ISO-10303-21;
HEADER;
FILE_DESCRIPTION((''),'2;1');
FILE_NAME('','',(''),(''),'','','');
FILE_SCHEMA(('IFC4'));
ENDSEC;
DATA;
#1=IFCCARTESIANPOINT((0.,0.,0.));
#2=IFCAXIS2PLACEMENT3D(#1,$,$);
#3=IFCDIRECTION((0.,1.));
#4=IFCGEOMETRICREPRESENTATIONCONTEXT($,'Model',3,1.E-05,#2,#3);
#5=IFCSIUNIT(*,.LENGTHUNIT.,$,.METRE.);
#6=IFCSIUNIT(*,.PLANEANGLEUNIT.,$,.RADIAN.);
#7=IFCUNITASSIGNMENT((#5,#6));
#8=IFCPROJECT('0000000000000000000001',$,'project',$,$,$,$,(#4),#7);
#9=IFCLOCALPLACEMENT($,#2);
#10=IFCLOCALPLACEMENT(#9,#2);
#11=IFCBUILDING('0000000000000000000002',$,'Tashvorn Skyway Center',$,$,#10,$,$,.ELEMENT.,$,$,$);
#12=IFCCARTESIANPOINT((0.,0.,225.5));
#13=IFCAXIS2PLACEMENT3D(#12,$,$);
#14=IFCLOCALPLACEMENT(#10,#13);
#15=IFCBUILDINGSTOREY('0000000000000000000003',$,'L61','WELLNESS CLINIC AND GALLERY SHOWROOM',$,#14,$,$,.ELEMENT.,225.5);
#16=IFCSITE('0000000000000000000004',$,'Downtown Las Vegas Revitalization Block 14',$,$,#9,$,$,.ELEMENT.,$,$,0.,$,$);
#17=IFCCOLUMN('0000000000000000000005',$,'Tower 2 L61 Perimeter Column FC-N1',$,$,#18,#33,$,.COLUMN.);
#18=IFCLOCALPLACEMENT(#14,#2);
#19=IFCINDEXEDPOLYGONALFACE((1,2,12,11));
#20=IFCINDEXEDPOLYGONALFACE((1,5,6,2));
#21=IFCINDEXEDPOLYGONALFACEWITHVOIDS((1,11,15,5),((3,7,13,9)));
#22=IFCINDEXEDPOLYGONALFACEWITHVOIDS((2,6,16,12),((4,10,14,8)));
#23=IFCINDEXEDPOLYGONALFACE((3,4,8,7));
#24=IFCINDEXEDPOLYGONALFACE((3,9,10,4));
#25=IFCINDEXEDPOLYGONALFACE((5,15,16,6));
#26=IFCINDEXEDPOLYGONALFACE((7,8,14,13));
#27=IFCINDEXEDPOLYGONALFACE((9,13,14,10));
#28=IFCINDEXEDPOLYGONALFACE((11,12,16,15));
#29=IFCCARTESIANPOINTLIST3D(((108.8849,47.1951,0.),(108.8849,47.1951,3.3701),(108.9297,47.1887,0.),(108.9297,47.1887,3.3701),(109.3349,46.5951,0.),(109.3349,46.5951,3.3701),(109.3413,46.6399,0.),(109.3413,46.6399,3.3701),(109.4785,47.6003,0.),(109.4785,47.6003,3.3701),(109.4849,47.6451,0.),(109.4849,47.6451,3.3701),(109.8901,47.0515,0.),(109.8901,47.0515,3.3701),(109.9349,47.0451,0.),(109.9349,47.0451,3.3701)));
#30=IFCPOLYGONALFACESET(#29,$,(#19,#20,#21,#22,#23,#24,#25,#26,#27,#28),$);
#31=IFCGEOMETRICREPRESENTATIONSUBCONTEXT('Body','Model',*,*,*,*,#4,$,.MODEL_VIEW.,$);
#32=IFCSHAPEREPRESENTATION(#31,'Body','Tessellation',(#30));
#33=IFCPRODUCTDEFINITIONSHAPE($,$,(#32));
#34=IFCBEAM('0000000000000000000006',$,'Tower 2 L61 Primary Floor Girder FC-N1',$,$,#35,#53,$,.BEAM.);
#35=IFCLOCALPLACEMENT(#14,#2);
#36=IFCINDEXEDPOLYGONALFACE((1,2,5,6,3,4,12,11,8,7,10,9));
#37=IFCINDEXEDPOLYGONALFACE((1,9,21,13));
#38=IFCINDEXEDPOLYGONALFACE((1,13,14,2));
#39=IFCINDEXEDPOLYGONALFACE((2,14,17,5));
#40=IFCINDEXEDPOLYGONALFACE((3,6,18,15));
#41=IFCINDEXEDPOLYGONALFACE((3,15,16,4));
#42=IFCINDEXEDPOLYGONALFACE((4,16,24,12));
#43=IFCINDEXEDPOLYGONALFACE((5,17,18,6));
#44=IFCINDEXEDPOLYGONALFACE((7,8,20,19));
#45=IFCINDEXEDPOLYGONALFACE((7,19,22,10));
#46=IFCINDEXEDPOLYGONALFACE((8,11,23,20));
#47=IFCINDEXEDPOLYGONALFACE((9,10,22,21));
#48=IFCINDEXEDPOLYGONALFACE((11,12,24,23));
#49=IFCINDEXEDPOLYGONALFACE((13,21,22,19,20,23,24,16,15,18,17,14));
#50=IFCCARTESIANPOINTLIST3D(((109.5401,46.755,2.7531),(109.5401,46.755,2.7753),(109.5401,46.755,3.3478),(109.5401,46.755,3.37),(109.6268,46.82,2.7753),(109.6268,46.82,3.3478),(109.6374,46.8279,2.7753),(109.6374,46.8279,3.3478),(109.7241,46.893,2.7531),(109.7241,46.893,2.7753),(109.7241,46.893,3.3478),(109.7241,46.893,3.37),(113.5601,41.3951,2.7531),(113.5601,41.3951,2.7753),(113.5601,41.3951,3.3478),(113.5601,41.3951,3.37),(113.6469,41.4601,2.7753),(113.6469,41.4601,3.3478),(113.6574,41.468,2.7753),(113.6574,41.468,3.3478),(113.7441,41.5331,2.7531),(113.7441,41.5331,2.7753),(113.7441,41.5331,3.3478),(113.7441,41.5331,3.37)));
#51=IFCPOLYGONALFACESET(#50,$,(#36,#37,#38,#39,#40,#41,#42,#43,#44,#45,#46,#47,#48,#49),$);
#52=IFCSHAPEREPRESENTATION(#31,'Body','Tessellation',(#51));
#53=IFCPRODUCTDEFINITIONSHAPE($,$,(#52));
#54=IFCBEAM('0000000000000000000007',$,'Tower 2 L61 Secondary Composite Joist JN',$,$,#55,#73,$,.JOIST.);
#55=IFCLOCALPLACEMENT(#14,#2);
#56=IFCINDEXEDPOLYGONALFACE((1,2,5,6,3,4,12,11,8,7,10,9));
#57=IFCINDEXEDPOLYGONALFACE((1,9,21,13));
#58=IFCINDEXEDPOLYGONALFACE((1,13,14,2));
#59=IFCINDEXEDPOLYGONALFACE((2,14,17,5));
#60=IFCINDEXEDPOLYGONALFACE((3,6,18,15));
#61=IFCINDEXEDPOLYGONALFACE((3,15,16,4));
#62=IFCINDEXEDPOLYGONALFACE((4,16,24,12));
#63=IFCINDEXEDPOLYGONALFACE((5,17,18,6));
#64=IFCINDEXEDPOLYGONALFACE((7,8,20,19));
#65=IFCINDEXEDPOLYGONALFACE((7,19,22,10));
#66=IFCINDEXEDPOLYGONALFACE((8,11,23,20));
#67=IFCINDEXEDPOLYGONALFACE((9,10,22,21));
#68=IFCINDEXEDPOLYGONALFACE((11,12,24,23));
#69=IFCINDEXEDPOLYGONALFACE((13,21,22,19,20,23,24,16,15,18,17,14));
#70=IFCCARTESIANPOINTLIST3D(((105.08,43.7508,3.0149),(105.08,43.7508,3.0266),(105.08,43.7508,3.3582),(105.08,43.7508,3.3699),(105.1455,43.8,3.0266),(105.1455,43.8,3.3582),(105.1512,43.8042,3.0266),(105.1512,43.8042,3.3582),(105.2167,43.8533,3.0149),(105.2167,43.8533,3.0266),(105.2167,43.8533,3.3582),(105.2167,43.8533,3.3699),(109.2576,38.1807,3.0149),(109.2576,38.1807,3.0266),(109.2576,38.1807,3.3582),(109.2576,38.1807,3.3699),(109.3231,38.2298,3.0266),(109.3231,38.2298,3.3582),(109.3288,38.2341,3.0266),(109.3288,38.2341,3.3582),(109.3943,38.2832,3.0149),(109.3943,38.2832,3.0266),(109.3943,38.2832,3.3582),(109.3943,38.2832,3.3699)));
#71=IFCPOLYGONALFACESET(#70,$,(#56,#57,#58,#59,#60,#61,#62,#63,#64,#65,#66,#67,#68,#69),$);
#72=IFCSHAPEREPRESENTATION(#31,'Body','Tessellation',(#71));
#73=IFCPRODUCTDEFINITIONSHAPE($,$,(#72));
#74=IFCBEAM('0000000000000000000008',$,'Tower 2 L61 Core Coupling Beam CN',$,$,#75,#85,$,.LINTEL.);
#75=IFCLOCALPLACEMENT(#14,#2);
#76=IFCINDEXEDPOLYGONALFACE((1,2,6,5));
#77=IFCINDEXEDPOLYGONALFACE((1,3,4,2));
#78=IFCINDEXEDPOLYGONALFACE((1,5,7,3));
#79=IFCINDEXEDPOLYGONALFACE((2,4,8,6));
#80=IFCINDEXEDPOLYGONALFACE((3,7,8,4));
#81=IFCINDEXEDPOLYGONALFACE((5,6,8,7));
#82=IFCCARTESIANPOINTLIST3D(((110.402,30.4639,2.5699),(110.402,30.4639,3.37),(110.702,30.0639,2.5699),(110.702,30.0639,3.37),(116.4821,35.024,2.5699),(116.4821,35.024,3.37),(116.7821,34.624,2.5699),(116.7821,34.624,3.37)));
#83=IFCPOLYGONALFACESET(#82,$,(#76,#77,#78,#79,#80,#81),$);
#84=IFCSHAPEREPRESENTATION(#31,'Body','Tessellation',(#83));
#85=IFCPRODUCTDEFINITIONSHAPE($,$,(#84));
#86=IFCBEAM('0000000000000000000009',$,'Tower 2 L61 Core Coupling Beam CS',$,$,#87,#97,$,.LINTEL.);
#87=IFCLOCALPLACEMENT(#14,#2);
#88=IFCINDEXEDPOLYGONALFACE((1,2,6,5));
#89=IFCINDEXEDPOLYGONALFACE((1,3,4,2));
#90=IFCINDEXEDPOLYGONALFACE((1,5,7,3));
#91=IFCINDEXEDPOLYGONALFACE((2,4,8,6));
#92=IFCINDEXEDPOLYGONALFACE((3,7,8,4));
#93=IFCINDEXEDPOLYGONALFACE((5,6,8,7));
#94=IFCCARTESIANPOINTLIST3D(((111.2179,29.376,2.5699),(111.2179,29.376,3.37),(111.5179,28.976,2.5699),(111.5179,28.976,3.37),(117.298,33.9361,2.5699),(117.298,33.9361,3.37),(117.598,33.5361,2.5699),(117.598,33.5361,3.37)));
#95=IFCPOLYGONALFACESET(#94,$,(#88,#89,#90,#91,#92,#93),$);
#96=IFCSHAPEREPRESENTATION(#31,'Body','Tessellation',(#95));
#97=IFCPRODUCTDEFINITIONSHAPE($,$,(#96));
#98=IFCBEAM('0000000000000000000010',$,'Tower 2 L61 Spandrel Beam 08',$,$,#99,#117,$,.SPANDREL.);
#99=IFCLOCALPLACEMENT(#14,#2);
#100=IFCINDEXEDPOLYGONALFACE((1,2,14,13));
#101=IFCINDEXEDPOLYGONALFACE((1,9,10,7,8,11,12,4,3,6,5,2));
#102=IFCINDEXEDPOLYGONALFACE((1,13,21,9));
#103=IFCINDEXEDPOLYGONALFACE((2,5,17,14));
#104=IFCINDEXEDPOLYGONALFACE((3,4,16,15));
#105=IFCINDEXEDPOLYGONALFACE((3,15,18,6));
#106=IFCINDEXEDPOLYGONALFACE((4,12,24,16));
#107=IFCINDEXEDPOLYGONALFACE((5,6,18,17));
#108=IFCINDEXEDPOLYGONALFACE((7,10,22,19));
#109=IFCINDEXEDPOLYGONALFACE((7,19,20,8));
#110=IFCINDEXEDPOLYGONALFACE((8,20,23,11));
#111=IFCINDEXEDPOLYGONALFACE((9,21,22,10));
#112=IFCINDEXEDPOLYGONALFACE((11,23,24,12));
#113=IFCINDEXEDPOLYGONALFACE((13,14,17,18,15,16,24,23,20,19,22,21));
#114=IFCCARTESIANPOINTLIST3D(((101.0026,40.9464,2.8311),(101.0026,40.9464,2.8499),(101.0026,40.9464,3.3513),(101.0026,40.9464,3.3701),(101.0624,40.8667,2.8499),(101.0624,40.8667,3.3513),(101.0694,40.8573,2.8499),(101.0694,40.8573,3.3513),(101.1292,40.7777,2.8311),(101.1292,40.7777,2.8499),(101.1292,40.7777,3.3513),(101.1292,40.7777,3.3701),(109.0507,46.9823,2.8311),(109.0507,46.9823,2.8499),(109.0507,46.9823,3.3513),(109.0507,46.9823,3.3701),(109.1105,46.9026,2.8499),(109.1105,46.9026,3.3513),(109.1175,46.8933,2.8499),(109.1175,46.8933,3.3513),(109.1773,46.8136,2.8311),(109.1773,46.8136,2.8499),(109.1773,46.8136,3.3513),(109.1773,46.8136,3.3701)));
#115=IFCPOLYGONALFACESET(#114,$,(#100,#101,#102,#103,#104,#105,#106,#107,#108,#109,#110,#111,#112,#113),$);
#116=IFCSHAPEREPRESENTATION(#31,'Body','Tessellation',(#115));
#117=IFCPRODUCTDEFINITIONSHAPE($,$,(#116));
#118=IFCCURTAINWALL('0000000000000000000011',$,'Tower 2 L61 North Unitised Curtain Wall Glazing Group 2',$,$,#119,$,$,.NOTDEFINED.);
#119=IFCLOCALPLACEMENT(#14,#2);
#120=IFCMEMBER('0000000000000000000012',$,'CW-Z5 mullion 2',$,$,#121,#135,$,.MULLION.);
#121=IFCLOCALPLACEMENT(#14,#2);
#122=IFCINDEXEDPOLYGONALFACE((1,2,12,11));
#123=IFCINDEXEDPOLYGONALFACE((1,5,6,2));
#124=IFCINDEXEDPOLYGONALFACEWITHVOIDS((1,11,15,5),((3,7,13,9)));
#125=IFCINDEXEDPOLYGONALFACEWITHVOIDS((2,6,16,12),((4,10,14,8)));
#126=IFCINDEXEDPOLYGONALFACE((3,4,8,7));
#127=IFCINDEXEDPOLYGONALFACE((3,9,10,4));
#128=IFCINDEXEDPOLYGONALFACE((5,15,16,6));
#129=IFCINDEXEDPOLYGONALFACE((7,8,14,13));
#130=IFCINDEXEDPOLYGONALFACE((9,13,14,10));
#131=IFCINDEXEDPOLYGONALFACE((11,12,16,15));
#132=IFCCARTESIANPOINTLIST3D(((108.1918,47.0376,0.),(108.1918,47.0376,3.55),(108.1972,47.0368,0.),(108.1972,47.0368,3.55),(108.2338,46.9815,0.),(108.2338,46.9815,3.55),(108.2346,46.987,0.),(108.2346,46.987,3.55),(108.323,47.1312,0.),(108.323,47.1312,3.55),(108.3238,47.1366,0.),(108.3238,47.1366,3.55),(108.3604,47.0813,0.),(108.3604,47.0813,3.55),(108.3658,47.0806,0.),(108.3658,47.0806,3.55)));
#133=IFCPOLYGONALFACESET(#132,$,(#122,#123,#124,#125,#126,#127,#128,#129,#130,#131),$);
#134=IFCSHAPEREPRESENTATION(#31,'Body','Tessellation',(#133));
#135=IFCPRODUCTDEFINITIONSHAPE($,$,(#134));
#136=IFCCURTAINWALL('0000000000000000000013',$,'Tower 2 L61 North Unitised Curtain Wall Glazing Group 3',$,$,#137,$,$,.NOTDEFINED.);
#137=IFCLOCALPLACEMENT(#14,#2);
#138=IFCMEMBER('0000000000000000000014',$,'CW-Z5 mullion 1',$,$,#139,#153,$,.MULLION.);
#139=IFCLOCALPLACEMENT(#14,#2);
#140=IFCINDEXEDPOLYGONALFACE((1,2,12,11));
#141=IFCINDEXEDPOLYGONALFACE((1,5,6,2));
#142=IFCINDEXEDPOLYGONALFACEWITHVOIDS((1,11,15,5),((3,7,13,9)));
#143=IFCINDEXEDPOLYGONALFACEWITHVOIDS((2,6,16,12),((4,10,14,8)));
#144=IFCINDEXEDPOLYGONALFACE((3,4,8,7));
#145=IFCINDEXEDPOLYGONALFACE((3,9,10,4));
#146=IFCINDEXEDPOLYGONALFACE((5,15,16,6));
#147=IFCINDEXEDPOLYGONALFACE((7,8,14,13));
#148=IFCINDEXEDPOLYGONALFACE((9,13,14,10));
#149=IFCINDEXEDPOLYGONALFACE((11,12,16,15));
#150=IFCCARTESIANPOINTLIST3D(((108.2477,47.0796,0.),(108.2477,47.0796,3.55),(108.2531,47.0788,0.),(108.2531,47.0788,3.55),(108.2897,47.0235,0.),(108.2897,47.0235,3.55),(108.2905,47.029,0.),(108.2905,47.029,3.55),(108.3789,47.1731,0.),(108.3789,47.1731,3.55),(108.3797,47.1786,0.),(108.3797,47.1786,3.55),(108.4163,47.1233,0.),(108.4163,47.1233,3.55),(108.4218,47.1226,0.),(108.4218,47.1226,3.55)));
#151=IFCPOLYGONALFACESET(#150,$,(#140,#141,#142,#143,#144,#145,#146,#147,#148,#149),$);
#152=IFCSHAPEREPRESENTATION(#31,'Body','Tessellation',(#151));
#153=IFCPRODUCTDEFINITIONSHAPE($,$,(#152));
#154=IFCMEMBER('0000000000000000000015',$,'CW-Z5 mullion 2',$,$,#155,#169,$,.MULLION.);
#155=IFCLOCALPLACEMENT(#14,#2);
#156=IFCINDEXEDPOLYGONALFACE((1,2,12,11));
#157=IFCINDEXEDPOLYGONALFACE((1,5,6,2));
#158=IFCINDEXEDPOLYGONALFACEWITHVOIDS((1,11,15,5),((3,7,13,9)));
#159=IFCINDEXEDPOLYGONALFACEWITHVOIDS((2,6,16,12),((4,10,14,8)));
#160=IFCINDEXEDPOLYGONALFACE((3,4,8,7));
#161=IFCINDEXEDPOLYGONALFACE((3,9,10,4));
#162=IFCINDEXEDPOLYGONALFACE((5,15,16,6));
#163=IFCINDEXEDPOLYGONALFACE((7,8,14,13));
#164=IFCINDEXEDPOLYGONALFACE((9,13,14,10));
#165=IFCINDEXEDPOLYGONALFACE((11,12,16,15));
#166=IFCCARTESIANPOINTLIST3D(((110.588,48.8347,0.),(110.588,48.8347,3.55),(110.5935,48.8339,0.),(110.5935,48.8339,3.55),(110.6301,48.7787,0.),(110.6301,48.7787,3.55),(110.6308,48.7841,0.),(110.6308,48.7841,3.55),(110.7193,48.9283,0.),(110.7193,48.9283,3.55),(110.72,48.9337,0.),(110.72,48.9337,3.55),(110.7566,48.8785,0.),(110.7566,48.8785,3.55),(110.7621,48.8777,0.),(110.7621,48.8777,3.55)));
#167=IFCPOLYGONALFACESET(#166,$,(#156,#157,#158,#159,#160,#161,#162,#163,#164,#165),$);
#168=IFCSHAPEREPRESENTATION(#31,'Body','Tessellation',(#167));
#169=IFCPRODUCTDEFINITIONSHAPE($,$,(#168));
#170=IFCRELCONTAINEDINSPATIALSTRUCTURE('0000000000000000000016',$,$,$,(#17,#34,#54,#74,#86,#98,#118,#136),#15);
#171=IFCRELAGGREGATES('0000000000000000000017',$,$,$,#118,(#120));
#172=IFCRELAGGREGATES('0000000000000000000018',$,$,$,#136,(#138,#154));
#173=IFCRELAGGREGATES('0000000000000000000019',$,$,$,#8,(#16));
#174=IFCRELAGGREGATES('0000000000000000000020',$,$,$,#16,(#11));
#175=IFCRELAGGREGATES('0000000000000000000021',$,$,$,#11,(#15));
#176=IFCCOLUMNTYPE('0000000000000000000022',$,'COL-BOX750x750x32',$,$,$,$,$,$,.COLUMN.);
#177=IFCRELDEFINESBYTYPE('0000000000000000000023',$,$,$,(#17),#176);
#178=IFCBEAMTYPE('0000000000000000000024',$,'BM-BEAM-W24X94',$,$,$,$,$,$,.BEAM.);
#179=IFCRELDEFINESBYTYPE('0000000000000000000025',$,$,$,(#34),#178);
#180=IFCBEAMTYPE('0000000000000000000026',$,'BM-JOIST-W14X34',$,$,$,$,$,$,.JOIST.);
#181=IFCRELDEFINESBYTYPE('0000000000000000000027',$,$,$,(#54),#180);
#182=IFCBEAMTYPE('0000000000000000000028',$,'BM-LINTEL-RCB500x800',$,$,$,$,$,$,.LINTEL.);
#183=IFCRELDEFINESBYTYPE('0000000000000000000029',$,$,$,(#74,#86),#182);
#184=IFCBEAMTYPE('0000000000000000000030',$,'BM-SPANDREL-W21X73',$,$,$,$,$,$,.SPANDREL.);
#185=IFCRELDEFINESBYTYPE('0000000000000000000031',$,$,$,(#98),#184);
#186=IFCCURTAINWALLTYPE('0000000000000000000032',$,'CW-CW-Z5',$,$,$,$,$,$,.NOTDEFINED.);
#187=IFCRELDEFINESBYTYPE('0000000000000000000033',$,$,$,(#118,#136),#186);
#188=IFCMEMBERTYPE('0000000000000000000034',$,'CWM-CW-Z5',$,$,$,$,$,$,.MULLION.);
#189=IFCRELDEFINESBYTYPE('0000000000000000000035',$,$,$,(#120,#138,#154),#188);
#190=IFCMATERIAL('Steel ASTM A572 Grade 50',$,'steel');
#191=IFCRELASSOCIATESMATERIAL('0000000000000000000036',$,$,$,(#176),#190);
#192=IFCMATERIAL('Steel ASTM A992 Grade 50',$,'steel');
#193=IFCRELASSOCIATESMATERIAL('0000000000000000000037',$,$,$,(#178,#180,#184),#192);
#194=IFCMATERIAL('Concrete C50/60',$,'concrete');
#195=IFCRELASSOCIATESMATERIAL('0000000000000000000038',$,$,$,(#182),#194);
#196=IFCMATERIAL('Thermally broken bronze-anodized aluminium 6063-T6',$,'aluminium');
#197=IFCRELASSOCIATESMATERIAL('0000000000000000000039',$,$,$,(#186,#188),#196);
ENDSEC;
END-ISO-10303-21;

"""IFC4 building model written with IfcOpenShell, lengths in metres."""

from ifc_helpers import new_model, si_unit, direction, frame, origin, origin_2d, place, context, subcontext, project, spatial, rectangle, hollow_rectangle, i_section, extrude, material, material_profile, profile_set, type_object, element, aggregate, save


model = new_model("IFC4")

# Units and contexts
model_context = context("Model", 3, precision=1e-05, world=origin(), true_north=direction((0.0, 1.0)))
body_context = subcontext(model_context, "Body", "Model", "MODEL_VIEW")
ifc_project = project(units=[si_unit("LENGTHUNIT", "METRE"), si_unit("PLANEANGLEUNIT", "RADIAN")], contexts=[model_context])

# Site, building, storey
site_placement = place(None, origin())
site = spatial("IfcSite", under=ifc_project, at=site_placement, Name="Downtown Las Vegas Revitalization Block 14", CompositionType="ELEMENT", RefElevation=0.0)
building_placement = place(site_placement, origin())
building = spatial("IfcBuilding", under=site, at=building_placement, Name="Tashvorn Skyway Center", CompositionType="ELEMENT")
storey_placement = place(building_placement, frame((0.0, 0.0, 225.5)))
storey = spatial("IfcBuildingStorey", under=building, at=storey_placement, Name="L61", Description="WELLNESS CLINIC AND GALLERY SHOWROOM", CompositionType="ELEMENT", Elevation=225.5)

# Column
ifc_material_1 = material(Name="Steel ASTM A572 Grade 50", Category="steel")
ifc_material_profile_1 = material_profile(ifc_material_1, hollow_rectangle(XDim=0.75, YDim=0.75, WallThickness=0.032, at=origin_2d()), Name="BOX750x750x32")
ifc_profile_set_1 = profile_set([ifc_material_profile_1], Name="Steel ASTM A572 Grade 50")
column_type = type_object("IfcColumnType", Name="COL-BOX750x750x32", PredefinedType="COLUMN", material=ifc_profile_set_1)
column_placement = place(storey_placement, frame((109.4099, 47.1201, 0.0), z_axis=(0.0, 0.0, 1.0), x_axis=(0.8, 0.6, 0.0)))
element("IfcColumn", 1, at=column_placement, inside=storey, type_object=column_type, Name="Tower 2 L61 Perimeter Column FC-N1", PredefinedType="COLUMN", context=body_context, shape_type="SweptSolid", body=[
    extrude(hollow_rectangle(XDim=0.75, YDim=0.75, WallThickness=0.032, at=origin_2d()), origin(), (0.0, 0.0, 1.0), 3.3701),
])

# Beams
ifc_material_2 = material(Name="Steel ASTM A992 Grade 50", Category="steel")
ifc_material_profile_2 = material_profile(ifc_material_2, i_section(OverallWidth=0.23, OverallDepth=0.6169, WebThickness=0.0132, FlangeThickness=0.0222, at=origin_2d()), Name="W24X94")
ifc_profile_set_2 = profile_set([ifc_material_profile_2], Name="Steel ASTM A992 Grade 50")
beam_type_1 = type_object("IfcBeamType", Name="BM-BEAM-W24X94", PredefinedType="BEAM", material=ifc_profile_set_2)
beam_1_placement = place(storey_placement, frame((109.6321, 46.824, 3.0615), z_axis=(0.600012, -0.799991, 0.0), x_axis=(0.799991, 0.600012, 0.0)))
element("IfcBeam", 2, at=beam_1_placement, inside=storey, type_object=beam_type_1, Name="Tower 2 L61 Primary Floor Girder FC-N1", PredefinedType="BEAM", context=body_context, shape_type="SweptSolid", body=[
    extrude(i_section(OverallWidth=0.23, OverallDepth=0.6169, WebThickness=0.0132, FlangeThickness=0.0222, at=origin_2d()), origin(), (0.0, 0.0, 1.0), 6.7),
])
ifc_material_profile_3 = material_profile(ifc_material_2, i_section(OverallWidth=0.1709, OverallDepth=0.355, WebThickness=0.0071, FlangeThickness=0.0117, at=origin_2d()), Name="W14X34")
ifc_profile_set_3 = profile_set([ifc_material_profile_3], Name="Steel ASTM A992 Grade 50")
beam_type_2 = type_object("IfcBeamType", Name="BM-JOIST-W14X34", PredefinedType="JOIST", material=ifc_profile_set_3)
beam_2_placement = place(storey_placement, frame((109.3259, 38.2319, 3.1924), z_axis=(-0.599994, 0.800004, 0.0), x_axis=(-0.800004, -0.599994, 0.0)))
element("IfcBeam", 3, at=beam_2_placement, inside=storey, type_object=beam_type_2, Name="Tower 2 L61 Secondary Composite Joist JN", PredefinedType="JOIST", context=body_context, shape_type="SweptSolid", body=[
    extrude(i_section(OverallWidth=0.1709, OverallDepth=0.355, WebThickness=0.0071, FlangeThickness=0.0117, at=origin_2d()), origin(), (0.0, 0.0, 1.0), 6.9626),
])
ifc_material_3 = material(Name="Concrete C50/60", Category="concrete")
ifc_material_profile_4 = material_profile(ifc_material_3, rectangle(XDim=0.5, YDim=0.8, at=origin_2d()), Name="RCB500x800")
ifc_profile_set_4 = profile_set([ifc_material_profile_4], Name="Concrete C50/60")
beam_type_3 = type_object("IfcBeamType", Name="BM-LINTEL-RCB500x800", PredefinedType="LINTEL", material=ifc_profile_set_4)
for number, where, z_axis, x_axis, name in (
    (4, (110.552, 30.2639, 2.97), (0.8, 0.6, 0.0), (-0.6, 0.8, 0.0), "Tower 2 L61 Core Coupling Beam CN"),
    (5, (111.3679, 29.176, 2.97), (0.8, 0.6, 0.0), (-0.6, 0.8, 0.0), "Tower 2 L61 Core Coupling Beam CS"),
):
    element("IfcBeam", number, at=place(storey_placement, frame(where, z_axis=z_axis, x_axis=x_axis)), inside=storey, type_object=beam_type_3, Name=name, PredefinedType="LINTEL", context=body_context, shape_type="SweptSolid", body=[
        extrude(rectangle(XDim=0.5, YDim=0.8, at=origin_2d()), origin(), (0.0, 0.0, 1.0), 7.6001),
    ])
ifc_material_profile_5 = material_profile(ifc_material_2, i_section(OverallWidth=0.2109, OverallDepth=0.5391, WebThickness=0.0117, FlangeThickness=0.0188, at=origin_2d()), Name="W21X73")
ifc_profile_set_5 = profile_set([ifc_material_profile_5], Name="Steel ASTM A992 Grade 50")
beam_type_4 = type_object("IfcBeamType", Name="BM-SPANDREL-W21X73", PredefinedType="SPANDREL", material=ifc_profile_set_5)
beam_3_placement = place(storey_placement, frame((109.114, 46.8979, 3.1006), z_axis=(-0.800009, -0.599988, 0.0), x_axis=(0.599988, -0.800009, 0.0)))
element("IfcBeam", 6, at=beam_3_placement, inside=storey, type_object=beam_type_4, Name="Tower 2 L61 Spandrel Beam 08", PredefinedType="SPANDREL", context=body_context, shape_type="SweptSolid", body=[
    extrude(i_section(OverallWidth=0.2109, OverallDepth=0.5391, WebThickness=0.0117, FlangeThickness=0.0188, at=origin_2d()), origin(), (0.0, 0.0, 1.0), 10.0601),
])

# Curtain wall, member
ifc_material_4 = material(Name="Thermally broken bronze-anodized aluminium 6063-T6", Category="aluminium")
curtain_wall_type = type_object("IfcCurtainWallType", Name="CW-CW-Z5", PredefinedType="NOTDEFINED", material=ifc_material_4)
curtain_wall_1_placement = place(storey_placement, origin())
curtain_wall_1 = element("IfcCurtainWall", 7, at=curtain_wall_1_placement, inside=storey, type_object=curtain_wall_type, Name="Tower 2 L61 North Unitised Curtain Wall Glazing Group 2", PredefinedType="NOTDEFINED")
ifc_material_profile_6 = material_profile(ifc_material_4, hollow_rectangle(XDim=0.0701, YDim=0.165, WallThickness=0.0039, at=origin_2d()), Name="ALU-MULL-70x165")
ifc_profile_set_6 = profile_set([ifc_material_profile_6], Name="Thermally broken bronze-anodized aluminium 6063-T6")
member_type_1 = type_object("IfcMemberType", Name="CWM-CW-Z5", PredefinedType="MULLION", material=ifc_profile_set_6)
member_1_placement = place(storey_placement, frame((108.2788, 47.0591, 0.0), z_axis=(0.0, 0.0, 1.0), x_axis=(-0.599996, 0.800003, 0.0)))
member_1 = element("IfcMember", 8, at=member_1_placement, type_object=member_type_1, Name="CW-Z5 mullion 2", PredefinedType="MULLION", context=body_context, shape_type="SweptSolid", body=[
    extrude(hollow_rectangle(XDim=0.0701, YDim=0.165, WallThickness=0.0039, at=origin_2d()), origin(), (0.0, 0.0, 1.0), 3.55),
])
aggregate(curtain_wall_1, [member_1])

# Curtain wall, members
curtain_wall_2_placement = place(storey_placement, origin())
curtain_wall_2 = element("IfcCurtainWall", 9, at=curtain_wall_2_placement, inside=storey, type_object=curtain_wall_type, Name="Tower 2 L61 North Unitised Curtain Wall Glazing Group 3", PredefinedType="NOTDEFINED")
member_2_placement = place(storey_placement, frame((108.3347, 47.1011, 0.0), z_axis=(0.0, 0.0, 1.0), x_axis=(-0.6, 0.8, 0.0)))
member_2 = element("IfcMember", 10, at=member_2_placement, type_object=member_type_1, Name="CW-Z5 mullion 1", PredefinedType="MULLION", context=body_context, shape_type="SweptSolid", body=[
    extrude(hollow_rectangle(XDim=0.0701, YDim=0.165, WallThickness=0.0039, at=origin_2d()), origin(), (0.0, 0.0, 1.0), 3.55),
])
member_3_placement = place(storey_placement, frame((110.675, 48.8562, 0.0), z_axis=(0.0, 0.0, 1.0), x_axis=(-0.6, 0.8, 0.0)))
member_3 = element("IfcMember", 11, at=member_3_placement, type_object=member_type_1, Name="CW-Z5 mullion 2", PredefinedType="MULLION", context=body_context, shape_type="SweptSolid", body=[
    extrude(hollow_rectangle(XDim=0.0701, YDim=0.165, WallThickness=0.0039, at=origin_2d()), origin(), (0.0, 0.0, 1.0), 3.55),
])
aggregate(curtain_wall_2, [member_2, member_3])

save(model, "model.ifc")
